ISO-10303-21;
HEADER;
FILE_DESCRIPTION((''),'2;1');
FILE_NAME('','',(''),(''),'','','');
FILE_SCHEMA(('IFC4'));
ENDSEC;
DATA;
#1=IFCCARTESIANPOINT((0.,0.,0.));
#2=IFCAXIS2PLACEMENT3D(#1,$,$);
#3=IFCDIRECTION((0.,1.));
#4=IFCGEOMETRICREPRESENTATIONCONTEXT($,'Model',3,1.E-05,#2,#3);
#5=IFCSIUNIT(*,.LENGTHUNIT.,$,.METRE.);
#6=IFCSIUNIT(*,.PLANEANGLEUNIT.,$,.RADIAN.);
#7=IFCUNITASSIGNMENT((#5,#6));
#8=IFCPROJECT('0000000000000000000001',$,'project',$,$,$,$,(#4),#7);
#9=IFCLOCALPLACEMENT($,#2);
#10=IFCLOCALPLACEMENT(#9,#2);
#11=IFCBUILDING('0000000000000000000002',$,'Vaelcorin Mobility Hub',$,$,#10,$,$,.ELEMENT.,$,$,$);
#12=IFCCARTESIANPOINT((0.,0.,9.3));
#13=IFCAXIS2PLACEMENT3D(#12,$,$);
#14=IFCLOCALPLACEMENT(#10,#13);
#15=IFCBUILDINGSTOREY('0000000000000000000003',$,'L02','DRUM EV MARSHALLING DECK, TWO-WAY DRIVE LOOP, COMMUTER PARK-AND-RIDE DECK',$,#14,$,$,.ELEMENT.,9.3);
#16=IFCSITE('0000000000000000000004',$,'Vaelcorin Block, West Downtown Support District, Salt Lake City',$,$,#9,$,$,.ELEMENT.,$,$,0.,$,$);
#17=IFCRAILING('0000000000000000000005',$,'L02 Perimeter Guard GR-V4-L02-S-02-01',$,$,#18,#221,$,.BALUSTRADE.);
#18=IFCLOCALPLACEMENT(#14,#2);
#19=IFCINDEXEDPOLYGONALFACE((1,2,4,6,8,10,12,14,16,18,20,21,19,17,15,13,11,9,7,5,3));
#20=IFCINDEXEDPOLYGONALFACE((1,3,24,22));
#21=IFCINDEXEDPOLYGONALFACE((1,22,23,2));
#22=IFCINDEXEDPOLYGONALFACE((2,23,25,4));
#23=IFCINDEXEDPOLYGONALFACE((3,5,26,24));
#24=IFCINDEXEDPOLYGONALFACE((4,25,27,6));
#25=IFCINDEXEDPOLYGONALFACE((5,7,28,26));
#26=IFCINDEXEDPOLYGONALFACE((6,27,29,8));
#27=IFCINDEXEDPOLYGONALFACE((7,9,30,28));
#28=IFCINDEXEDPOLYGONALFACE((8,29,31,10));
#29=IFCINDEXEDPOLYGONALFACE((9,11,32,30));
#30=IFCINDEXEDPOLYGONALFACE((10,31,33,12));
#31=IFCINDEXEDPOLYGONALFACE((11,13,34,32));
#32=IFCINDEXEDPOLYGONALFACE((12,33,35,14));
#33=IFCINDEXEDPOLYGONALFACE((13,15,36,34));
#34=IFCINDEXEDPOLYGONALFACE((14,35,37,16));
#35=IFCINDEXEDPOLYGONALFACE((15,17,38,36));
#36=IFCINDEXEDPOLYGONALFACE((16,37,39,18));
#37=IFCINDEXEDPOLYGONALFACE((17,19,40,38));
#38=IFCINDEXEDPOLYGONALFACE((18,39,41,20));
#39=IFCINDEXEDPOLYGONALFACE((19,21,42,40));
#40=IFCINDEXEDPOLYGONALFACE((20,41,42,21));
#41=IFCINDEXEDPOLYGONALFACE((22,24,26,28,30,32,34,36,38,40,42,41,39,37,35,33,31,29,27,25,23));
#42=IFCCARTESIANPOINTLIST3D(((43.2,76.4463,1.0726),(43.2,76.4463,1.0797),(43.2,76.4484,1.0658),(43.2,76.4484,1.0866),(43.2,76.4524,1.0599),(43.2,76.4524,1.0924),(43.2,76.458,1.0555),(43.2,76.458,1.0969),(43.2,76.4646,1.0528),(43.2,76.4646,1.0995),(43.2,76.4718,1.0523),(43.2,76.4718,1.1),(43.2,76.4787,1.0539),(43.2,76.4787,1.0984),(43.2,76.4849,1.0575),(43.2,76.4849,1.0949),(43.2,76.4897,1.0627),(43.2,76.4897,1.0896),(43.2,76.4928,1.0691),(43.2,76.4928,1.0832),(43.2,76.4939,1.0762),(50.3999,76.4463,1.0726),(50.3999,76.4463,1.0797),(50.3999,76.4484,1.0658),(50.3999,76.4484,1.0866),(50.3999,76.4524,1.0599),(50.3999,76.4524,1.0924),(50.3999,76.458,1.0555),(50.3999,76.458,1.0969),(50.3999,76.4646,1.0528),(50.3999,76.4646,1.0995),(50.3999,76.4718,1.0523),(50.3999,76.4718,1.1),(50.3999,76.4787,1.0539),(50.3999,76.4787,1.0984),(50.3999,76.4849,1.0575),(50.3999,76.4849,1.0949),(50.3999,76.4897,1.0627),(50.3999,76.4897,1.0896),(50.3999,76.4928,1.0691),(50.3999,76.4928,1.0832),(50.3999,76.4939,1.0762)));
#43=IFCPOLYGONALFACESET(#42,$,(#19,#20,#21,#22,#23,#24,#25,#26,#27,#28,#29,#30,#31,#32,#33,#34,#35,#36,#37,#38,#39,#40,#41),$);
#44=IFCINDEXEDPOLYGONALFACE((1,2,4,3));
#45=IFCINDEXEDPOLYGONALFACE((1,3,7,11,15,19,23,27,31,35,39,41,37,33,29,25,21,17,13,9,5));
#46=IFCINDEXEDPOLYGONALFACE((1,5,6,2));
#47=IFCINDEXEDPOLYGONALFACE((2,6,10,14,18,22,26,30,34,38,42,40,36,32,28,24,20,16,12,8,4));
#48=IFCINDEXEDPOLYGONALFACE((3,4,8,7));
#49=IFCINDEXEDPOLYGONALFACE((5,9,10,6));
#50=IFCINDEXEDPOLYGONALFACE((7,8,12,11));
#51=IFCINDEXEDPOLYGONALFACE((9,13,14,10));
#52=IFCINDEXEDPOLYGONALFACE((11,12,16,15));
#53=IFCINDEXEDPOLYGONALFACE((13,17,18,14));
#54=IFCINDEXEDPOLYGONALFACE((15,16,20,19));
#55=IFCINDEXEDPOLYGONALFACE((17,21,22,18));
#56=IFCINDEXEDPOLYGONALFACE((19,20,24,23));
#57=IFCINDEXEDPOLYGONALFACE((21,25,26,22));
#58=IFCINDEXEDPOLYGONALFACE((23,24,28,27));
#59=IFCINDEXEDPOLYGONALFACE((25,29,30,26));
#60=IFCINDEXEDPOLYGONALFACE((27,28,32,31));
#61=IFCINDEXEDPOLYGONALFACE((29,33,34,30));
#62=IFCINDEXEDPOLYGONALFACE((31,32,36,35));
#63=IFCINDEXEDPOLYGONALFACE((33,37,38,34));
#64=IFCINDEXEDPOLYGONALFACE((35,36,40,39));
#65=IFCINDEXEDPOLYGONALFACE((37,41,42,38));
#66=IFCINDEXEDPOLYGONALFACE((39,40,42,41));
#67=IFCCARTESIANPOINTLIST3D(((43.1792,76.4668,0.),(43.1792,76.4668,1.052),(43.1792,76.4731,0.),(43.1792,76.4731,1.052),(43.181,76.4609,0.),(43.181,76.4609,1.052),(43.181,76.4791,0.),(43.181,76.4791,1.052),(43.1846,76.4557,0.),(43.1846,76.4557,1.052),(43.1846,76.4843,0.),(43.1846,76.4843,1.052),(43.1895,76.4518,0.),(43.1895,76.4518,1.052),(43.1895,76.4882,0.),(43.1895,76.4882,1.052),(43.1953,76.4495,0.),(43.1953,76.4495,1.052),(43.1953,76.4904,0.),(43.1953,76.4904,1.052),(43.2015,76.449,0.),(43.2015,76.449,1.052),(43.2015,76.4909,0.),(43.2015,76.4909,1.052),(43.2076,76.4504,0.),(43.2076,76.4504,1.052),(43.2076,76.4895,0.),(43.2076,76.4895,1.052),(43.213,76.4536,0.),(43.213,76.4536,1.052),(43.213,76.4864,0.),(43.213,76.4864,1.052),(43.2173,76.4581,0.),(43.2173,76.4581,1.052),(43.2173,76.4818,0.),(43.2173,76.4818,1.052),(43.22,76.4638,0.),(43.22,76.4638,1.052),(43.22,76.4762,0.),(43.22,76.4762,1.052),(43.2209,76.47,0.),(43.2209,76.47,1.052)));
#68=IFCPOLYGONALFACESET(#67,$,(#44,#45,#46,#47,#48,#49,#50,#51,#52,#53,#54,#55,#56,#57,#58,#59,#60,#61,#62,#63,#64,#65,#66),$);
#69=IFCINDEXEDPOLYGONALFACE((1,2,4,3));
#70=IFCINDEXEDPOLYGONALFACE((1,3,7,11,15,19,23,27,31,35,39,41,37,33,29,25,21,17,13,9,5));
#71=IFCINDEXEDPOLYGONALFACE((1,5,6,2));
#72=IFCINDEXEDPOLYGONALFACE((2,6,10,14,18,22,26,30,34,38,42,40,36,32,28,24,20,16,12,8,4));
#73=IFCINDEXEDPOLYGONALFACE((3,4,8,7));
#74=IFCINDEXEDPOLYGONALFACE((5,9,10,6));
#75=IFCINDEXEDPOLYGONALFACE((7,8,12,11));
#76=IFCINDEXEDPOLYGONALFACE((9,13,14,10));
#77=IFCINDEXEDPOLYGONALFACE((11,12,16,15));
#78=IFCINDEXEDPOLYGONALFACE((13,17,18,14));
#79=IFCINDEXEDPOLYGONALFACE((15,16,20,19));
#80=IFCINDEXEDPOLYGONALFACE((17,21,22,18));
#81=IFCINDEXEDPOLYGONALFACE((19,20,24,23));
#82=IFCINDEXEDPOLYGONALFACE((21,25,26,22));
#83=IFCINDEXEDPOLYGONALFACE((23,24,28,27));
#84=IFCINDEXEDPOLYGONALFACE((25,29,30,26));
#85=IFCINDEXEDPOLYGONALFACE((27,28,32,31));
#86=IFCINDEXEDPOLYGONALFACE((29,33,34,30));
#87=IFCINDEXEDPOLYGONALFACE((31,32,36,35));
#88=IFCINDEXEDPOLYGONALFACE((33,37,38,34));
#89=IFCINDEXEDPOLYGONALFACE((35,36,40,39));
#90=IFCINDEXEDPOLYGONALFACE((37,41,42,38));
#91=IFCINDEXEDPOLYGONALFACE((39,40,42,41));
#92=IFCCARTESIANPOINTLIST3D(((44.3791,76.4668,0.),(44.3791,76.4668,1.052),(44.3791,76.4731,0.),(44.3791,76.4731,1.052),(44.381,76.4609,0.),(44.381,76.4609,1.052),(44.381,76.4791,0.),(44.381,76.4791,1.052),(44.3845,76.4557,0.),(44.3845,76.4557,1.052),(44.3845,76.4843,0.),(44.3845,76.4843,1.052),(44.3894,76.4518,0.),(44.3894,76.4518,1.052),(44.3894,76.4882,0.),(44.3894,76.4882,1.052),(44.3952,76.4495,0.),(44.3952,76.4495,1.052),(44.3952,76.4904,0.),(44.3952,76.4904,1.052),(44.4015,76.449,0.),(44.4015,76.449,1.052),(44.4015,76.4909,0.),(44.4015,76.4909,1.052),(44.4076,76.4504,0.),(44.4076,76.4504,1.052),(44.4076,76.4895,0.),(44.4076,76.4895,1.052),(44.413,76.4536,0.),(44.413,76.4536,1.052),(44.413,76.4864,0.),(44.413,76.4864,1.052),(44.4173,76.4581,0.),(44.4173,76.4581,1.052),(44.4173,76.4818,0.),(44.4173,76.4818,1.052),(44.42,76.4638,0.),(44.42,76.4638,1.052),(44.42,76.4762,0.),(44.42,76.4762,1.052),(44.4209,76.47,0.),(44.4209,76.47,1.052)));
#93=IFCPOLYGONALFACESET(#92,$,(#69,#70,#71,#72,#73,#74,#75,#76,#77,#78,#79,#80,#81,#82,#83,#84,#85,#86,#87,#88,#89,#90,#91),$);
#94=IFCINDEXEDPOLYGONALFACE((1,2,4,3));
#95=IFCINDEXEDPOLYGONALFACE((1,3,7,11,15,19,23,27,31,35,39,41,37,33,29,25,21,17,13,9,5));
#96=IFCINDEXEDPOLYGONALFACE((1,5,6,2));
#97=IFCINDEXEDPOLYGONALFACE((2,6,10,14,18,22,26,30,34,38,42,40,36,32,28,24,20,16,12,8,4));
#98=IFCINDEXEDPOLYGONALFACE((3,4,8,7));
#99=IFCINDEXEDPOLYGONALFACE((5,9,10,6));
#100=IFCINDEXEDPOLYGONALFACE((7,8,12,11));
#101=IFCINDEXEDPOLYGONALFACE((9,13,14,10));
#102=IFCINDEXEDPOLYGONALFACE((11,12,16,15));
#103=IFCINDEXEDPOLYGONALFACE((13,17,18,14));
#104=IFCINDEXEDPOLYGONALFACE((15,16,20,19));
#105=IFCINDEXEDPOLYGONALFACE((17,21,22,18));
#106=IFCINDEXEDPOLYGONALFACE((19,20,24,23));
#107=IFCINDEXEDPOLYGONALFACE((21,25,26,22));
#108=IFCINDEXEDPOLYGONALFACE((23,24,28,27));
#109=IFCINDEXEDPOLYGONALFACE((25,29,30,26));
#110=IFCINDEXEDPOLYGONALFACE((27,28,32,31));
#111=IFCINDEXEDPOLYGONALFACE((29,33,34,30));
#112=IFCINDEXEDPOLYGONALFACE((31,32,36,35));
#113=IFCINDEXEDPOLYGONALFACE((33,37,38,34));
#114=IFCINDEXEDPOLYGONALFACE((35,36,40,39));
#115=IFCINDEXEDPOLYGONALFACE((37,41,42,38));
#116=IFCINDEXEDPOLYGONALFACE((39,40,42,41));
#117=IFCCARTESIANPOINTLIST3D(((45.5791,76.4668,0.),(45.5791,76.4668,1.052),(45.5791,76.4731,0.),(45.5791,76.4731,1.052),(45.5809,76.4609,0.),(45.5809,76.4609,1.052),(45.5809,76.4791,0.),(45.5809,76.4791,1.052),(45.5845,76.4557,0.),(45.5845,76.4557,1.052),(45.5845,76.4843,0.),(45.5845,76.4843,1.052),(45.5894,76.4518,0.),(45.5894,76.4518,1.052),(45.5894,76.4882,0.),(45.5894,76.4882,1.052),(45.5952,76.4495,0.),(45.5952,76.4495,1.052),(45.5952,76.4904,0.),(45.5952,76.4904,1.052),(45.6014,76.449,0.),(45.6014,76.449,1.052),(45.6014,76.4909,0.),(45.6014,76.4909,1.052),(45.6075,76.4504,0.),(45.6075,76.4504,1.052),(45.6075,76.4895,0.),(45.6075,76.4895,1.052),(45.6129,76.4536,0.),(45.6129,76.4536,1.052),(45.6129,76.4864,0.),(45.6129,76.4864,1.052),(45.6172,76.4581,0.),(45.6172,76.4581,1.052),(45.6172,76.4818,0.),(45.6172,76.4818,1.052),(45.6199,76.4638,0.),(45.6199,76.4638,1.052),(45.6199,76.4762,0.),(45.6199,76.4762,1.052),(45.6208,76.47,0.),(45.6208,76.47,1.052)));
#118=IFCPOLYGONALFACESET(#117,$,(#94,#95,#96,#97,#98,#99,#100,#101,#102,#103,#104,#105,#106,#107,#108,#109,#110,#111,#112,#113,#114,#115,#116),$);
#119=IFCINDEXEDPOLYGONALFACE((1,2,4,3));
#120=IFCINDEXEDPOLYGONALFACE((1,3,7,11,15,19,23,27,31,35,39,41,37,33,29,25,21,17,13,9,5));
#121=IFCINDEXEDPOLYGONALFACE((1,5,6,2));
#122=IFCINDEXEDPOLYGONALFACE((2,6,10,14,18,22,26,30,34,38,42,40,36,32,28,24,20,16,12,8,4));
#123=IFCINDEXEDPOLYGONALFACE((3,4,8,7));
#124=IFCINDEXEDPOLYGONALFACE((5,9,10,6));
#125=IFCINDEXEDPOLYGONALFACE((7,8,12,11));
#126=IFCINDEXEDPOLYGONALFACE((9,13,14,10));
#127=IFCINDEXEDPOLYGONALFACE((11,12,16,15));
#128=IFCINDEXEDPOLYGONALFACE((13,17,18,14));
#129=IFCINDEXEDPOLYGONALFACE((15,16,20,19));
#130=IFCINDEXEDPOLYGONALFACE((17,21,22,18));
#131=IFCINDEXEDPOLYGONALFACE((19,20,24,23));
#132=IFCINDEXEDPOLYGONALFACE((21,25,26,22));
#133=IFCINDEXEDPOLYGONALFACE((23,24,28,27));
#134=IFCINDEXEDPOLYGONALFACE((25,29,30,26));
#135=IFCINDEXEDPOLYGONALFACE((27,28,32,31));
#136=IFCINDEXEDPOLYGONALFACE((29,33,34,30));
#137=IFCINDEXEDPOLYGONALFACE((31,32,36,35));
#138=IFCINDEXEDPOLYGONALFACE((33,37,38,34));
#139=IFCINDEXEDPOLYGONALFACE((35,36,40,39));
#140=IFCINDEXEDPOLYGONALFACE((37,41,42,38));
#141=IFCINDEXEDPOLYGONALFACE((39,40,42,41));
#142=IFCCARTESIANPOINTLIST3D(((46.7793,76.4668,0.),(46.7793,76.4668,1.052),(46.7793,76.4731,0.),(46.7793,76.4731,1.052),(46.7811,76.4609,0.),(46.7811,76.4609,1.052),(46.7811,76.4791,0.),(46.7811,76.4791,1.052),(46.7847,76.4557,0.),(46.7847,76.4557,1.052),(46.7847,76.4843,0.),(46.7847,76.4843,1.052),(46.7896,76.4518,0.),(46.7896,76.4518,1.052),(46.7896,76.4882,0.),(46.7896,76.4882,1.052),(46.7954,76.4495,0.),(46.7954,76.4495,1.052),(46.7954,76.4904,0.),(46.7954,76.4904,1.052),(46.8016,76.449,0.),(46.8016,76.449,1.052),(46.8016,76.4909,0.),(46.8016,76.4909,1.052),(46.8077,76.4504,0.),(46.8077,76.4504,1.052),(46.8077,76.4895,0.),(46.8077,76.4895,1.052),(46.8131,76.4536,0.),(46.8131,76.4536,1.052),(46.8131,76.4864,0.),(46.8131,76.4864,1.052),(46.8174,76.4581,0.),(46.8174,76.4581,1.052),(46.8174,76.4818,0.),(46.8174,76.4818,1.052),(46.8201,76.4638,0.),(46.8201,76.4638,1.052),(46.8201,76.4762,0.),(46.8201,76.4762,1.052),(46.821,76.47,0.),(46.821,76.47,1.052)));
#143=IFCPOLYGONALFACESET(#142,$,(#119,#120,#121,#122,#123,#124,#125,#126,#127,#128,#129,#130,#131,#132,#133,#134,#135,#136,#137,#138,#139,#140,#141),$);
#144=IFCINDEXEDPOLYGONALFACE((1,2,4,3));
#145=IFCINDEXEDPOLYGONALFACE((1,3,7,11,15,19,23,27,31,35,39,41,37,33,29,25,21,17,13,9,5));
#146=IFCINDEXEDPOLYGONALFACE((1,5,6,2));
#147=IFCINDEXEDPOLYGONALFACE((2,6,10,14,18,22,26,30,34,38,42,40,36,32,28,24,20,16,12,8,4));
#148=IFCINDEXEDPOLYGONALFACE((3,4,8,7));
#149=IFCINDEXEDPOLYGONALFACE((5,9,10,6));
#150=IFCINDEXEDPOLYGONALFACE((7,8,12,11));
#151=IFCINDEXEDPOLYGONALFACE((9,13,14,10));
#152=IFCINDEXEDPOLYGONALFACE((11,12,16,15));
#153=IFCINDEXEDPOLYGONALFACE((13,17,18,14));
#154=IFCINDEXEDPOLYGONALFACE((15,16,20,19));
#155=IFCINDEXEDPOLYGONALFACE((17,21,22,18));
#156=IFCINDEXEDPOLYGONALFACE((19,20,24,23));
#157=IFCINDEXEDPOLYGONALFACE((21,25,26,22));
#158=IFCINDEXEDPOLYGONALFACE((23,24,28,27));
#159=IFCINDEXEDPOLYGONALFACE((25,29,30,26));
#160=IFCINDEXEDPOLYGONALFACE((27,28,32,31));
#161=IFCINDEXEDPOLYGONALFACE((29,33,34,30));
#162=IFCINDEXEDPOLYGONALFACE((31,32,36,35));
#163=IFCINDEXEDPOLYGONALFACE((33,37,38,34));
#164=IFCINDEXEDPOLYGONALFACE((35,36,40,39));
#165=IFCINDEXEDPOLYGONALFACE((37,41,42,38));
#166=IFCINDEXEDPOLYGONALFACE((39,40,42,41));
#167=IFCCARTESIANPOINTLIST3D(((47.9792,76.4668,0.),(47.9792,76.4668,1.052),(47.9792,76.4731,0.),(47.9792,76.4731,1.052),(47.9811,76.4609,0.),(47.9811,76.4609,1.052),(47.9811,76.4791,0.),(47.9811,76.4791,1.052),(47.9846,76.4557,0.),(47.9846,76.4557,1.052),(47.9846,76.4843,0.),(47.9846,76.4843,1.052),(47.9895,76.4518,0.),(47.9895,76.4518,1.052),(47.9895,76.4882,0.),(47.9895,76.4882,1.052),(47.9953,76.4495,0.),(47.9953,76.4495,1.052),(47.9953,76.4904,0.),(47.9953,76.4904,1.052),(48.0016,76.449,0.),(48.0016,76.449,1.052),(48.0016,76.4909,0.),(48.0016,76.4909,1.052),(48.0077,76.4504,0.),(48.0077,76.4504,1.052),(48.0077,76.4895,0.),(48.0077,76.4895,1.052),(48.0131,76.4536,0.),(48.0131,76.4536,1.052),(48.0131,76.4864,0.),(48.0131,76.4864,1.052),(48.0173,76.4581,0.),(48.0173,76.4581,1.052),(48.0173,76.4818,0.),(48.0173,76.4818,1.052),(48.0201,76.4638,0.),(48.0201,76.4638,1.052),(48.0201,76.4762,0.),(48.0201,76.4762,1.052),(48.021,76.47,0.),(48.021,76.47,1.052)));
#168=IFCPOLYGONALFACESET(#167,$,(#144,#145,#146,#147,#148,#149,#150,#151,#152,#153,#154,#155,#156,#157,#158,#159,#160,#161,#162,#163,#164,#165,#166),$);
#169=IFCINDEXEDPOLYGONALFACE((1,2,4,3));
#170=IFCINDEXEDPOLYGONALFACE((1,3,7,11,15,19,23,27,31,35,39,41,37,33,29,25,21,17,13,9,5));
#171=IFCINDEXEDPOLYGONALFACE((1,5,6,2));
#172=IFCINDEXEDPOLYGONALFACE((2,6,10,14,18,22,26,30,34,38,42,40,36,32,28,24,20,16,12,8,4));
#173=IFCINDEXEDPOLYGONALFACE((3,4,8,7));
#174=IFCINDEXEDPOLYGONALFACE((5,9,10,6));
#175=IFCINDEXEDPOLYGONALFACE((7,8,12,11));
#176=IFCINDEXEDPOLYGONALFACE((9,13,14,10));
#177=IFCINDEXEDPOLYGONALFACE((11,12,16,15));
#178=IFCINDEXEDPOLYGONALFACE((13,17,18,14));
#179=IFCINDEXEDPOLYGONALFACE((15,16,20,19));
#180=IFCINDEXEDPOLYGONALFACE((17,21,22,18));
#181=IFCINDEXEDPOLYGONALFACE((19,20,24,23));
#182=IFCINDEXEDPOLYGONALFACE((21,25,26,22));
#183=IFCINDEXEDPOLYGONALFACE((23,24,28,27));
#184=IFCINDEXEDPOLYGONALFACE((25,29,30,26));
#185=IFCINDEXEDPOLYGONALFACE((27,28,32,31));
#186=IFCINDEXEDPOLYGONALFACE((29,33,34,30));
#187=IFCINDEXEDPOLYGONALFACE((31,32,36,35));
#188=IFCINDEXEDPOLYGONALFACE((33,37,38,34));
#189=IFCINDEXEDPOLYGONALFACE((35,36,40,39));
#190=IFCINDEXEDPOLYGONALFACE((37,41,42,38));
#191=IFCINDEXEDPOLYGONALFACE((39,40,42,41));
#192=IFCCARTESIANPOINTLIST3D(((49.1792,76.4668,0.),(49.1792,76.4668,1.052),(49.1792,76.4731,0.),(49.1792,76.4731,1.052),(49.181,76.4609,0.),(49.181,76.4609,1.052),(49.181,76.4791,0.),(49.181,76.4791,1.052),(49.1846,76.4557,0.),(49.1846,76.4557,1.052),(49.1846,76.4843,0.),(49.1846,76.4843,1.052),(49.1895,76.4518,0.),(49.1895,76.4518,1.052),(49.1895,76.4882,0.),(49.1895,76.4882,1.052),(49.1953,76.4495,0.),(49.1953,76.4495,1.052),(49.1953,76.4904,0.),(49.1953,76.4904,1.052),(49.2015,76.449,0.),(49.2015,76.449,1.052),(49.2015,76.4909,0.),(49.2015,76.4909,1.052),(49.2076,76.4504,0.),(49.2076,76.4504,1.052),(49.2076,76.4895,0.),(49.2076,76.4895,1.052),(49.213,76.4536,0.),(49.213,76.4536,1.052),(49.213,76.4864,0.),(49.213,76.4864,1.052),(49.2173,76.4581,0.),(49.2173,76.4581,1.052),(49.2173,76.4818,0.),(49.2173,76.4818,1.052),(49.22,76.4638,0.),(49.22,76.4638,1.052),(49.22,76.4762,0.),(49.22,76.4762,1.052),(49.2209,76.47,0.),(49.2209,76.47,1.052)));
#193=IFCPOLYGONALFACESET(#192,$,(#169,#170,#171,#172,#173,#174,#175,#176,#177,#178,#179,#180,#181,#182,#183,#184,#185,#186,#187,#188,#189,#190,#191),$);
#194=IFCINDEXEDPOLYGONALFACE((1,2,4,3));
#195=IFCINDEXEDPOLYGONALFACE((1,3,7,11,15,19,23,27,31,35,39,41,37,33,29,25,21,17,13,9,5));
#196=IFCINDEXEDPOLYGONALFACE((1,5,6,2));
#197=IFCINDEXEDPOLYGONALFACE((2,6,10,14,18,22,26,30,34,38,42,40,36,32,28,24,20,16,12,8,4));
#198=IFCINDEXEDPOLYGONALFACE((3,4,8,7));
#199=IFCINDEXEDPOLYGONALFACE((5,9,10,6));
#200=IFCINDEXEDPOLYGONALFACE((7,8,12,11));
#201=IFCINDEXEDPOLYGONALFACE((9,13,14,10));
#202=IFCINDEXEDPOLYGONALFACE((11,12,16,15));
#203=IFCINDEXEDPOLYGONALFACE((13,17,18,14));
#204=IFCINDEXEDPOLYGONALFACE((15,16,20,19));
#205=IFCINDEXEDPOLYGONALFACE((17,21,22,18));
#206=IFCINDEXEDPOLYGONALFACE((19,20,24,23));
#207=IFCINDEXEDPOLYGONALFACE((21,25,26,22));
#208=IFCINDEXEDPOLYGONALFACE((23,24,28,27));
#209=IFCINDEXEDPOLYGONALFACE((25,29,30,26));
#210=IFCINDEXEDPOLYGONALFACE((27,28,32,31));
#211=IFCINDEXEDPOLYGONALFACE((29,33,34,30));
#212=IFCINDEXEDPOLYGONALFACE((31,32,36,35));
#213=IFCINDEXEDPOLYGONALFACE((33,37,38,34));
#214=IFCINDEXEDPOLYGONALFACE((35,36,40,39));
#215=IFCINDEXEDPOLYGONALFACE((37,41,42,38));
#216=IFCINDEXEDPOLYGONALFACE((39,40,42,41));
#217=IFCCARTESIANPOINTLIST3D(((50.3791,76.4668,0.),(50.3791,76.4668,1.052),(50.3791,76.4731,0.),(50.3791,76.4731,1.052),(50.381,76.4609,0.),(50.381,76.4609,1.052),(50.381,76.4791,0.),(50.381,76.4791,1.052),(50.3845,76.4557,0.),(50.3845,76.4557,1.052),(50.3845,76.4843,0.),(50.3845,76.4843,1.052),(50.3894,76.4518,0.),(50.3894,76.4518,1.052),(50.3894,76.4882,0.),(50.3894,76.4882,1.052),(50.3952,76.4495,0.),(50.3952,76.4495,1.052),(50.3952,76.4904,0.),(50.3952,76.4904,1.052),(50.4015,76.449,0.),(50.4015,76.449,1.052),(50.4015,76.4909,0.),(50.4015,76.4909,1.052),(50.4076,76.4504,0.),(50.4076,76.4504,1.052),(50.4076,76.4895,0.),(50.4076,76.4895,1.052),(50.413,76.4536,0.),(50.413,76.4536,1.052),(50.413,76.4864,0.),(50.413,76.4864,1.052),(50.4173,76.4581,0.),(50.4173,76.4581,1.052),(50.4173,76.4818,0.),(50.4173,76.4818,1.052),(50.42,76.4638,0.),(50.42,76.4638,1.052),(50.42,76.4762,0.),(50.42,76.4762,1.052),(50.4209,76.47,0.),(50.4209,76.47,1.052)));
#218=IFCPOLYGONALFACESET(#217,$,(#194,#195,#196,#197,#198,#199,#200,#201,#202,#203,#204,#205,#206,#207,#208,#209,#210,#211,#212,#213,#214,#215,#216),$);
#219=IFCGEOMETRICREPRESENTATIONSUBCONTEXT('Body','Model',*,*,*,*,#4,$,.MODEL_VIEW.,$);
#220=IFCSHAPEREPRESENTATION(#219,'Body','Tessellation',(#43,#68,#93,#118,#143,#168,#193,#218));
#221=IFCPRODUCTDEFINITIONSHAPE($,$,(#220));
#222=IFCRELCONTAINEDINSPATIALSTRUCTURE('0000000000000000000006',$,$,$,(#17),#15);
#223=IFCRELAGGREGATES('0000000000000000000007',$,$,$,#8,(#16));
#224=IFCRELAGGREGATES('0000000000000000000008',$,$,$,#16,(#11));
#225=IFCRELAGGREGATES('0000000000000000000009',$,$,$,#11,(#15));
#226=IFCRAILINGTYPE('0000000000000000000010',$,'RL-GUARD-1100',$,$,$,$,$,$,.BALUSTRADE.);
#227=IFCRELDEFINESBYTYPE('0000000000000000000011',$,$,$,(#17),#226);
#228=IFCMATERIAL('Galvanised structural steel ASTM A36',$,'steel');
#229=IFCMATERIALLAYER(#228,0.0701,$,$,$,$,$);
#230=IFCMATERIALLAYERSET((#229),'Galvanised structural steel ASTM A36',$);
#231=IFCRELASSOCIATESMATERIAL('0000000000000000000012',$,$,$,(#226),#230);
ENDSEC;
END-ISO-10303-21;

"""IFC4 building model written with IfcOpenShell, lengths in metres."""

from ifc_helpers import new_model, si_unit, direction, frame, origin, origin_2d, place, context, subcontext, project, spatial, circle, extrude, material, layer, layer_set, type_object, element, save


model = new_model("IFC4")

# Units and contexts
model_context = context("Model", 3, precision=1e-05, world=origin(), true_north=direction((0.0, 1.0)))
body_context = subcontext(model_context, "Body", "Model", "MODEL_VIEW")
ifc_project = project(units=[si_unit("LENGTHUNIT", "METRE"), si_unit("PLANEANGLEUNIT", "RADIAN")], contexts=[model_context])

# Site, building, storey
site_placement = place(None, origin())
site = spatial("IfcSite", under=ifc_project, at=site_placement, Name="Vaelcorin Block, West Downtown Support District, Salt Lake City", CompositionType="ELEMENT", RefElevation=0.0)
building_placement = place(site_placement, origin())
building = spatial("IfcBuilding", under=site, at=building_placement, Name="Vaelcorin Mobility Hub", CompositionType="ELEMENT")
storey_placement = place(building_placement, frame((0.0, 0.0, 9.3)))
storey = spatial("IfcBuildingStorey", under=building, at=storey_placement, Name="L02", Description="DRUM EV MARSHALLING DECK, TWO-WAY DRIVE LOOP, COMMUTER PARK-AND-RIDE DECK", CompositionType="ELEMENT", Elevation=9.3)

# Railing
ifc_material_1 = material(Name="Galvanised structural steel ASTM A36", Category="steel")
ifc_layer_1 = layer(ifc_material_1, 0.0701)
ifc_layer_set_1 = layer_set([ifc_layer_1], Name="Galvanised structural steel ASTM A36")
railing_type = type_object("IfcRailingType", Name="RL-GUARD-1100", PredefinedType="BALUSTRADE", material=ifc_layer_set_1)
railing_1_placement = place(storey_placement, frame((43.2, 76.47, 0.0)))
element("IfcRailing", 1, at=railing_1_placement, inside=storey, type_object=railing_type, Name="L02 Perimeter Guard GR-V4-L02-S-02-01", PredefinedType="BALUSTRADE", context=body_context, shape_type="SweptSolid", body=[
    extrude(circle(Radius=0.0239, at=origin_2d()), frame((0.0, 0.0, 1.0762), z_axis=(1.0, 0.0, 0.0), x_axis=(0.0, 1.0, 0.0)), (0.0, 0.0, 1.0), 7.2),
    extrude(circle(Radius=0.021, at=origin_2d()), origin(), (0.0, 0.0, 1.0), 1.052),
    extrude(circle(Radius=0.021, at=origin_2d()), frame((1.2, 0.0, 0.0)), (0.0, 0.0, 1.0), 1.052),
    extrude(circle(Radius=0.021, at=origin_2d()), frame((2.3999, 0.0, 0.0)), (0.0, 0.0, 1.0), 1.052),
    extrude(circle(Radius=0.021, at=origin_2d()), frame((3.6001, 0.0, 0.0)), (0.0, 0.0, 1.0), 1.052),
    extrude(circle(Radius=0.021, at=origin_2d()), frame((4.8, 0.0, 0.0)), (0.0, 0.0, 1.0), 1.052),
    extrude(circle(Radius=0.021, at=origin_2d()), frame((6.0, 0.0, 0.0)), (0.0, 0.0, 1.0), 1.052),
    extrude(circle(Radius=0.021, at=origin_2d()), frame((7.2, 0.0, 0.0)), (0.0, 0.0, 1.0), 1.052),
])

save(model, "model.ifc")
